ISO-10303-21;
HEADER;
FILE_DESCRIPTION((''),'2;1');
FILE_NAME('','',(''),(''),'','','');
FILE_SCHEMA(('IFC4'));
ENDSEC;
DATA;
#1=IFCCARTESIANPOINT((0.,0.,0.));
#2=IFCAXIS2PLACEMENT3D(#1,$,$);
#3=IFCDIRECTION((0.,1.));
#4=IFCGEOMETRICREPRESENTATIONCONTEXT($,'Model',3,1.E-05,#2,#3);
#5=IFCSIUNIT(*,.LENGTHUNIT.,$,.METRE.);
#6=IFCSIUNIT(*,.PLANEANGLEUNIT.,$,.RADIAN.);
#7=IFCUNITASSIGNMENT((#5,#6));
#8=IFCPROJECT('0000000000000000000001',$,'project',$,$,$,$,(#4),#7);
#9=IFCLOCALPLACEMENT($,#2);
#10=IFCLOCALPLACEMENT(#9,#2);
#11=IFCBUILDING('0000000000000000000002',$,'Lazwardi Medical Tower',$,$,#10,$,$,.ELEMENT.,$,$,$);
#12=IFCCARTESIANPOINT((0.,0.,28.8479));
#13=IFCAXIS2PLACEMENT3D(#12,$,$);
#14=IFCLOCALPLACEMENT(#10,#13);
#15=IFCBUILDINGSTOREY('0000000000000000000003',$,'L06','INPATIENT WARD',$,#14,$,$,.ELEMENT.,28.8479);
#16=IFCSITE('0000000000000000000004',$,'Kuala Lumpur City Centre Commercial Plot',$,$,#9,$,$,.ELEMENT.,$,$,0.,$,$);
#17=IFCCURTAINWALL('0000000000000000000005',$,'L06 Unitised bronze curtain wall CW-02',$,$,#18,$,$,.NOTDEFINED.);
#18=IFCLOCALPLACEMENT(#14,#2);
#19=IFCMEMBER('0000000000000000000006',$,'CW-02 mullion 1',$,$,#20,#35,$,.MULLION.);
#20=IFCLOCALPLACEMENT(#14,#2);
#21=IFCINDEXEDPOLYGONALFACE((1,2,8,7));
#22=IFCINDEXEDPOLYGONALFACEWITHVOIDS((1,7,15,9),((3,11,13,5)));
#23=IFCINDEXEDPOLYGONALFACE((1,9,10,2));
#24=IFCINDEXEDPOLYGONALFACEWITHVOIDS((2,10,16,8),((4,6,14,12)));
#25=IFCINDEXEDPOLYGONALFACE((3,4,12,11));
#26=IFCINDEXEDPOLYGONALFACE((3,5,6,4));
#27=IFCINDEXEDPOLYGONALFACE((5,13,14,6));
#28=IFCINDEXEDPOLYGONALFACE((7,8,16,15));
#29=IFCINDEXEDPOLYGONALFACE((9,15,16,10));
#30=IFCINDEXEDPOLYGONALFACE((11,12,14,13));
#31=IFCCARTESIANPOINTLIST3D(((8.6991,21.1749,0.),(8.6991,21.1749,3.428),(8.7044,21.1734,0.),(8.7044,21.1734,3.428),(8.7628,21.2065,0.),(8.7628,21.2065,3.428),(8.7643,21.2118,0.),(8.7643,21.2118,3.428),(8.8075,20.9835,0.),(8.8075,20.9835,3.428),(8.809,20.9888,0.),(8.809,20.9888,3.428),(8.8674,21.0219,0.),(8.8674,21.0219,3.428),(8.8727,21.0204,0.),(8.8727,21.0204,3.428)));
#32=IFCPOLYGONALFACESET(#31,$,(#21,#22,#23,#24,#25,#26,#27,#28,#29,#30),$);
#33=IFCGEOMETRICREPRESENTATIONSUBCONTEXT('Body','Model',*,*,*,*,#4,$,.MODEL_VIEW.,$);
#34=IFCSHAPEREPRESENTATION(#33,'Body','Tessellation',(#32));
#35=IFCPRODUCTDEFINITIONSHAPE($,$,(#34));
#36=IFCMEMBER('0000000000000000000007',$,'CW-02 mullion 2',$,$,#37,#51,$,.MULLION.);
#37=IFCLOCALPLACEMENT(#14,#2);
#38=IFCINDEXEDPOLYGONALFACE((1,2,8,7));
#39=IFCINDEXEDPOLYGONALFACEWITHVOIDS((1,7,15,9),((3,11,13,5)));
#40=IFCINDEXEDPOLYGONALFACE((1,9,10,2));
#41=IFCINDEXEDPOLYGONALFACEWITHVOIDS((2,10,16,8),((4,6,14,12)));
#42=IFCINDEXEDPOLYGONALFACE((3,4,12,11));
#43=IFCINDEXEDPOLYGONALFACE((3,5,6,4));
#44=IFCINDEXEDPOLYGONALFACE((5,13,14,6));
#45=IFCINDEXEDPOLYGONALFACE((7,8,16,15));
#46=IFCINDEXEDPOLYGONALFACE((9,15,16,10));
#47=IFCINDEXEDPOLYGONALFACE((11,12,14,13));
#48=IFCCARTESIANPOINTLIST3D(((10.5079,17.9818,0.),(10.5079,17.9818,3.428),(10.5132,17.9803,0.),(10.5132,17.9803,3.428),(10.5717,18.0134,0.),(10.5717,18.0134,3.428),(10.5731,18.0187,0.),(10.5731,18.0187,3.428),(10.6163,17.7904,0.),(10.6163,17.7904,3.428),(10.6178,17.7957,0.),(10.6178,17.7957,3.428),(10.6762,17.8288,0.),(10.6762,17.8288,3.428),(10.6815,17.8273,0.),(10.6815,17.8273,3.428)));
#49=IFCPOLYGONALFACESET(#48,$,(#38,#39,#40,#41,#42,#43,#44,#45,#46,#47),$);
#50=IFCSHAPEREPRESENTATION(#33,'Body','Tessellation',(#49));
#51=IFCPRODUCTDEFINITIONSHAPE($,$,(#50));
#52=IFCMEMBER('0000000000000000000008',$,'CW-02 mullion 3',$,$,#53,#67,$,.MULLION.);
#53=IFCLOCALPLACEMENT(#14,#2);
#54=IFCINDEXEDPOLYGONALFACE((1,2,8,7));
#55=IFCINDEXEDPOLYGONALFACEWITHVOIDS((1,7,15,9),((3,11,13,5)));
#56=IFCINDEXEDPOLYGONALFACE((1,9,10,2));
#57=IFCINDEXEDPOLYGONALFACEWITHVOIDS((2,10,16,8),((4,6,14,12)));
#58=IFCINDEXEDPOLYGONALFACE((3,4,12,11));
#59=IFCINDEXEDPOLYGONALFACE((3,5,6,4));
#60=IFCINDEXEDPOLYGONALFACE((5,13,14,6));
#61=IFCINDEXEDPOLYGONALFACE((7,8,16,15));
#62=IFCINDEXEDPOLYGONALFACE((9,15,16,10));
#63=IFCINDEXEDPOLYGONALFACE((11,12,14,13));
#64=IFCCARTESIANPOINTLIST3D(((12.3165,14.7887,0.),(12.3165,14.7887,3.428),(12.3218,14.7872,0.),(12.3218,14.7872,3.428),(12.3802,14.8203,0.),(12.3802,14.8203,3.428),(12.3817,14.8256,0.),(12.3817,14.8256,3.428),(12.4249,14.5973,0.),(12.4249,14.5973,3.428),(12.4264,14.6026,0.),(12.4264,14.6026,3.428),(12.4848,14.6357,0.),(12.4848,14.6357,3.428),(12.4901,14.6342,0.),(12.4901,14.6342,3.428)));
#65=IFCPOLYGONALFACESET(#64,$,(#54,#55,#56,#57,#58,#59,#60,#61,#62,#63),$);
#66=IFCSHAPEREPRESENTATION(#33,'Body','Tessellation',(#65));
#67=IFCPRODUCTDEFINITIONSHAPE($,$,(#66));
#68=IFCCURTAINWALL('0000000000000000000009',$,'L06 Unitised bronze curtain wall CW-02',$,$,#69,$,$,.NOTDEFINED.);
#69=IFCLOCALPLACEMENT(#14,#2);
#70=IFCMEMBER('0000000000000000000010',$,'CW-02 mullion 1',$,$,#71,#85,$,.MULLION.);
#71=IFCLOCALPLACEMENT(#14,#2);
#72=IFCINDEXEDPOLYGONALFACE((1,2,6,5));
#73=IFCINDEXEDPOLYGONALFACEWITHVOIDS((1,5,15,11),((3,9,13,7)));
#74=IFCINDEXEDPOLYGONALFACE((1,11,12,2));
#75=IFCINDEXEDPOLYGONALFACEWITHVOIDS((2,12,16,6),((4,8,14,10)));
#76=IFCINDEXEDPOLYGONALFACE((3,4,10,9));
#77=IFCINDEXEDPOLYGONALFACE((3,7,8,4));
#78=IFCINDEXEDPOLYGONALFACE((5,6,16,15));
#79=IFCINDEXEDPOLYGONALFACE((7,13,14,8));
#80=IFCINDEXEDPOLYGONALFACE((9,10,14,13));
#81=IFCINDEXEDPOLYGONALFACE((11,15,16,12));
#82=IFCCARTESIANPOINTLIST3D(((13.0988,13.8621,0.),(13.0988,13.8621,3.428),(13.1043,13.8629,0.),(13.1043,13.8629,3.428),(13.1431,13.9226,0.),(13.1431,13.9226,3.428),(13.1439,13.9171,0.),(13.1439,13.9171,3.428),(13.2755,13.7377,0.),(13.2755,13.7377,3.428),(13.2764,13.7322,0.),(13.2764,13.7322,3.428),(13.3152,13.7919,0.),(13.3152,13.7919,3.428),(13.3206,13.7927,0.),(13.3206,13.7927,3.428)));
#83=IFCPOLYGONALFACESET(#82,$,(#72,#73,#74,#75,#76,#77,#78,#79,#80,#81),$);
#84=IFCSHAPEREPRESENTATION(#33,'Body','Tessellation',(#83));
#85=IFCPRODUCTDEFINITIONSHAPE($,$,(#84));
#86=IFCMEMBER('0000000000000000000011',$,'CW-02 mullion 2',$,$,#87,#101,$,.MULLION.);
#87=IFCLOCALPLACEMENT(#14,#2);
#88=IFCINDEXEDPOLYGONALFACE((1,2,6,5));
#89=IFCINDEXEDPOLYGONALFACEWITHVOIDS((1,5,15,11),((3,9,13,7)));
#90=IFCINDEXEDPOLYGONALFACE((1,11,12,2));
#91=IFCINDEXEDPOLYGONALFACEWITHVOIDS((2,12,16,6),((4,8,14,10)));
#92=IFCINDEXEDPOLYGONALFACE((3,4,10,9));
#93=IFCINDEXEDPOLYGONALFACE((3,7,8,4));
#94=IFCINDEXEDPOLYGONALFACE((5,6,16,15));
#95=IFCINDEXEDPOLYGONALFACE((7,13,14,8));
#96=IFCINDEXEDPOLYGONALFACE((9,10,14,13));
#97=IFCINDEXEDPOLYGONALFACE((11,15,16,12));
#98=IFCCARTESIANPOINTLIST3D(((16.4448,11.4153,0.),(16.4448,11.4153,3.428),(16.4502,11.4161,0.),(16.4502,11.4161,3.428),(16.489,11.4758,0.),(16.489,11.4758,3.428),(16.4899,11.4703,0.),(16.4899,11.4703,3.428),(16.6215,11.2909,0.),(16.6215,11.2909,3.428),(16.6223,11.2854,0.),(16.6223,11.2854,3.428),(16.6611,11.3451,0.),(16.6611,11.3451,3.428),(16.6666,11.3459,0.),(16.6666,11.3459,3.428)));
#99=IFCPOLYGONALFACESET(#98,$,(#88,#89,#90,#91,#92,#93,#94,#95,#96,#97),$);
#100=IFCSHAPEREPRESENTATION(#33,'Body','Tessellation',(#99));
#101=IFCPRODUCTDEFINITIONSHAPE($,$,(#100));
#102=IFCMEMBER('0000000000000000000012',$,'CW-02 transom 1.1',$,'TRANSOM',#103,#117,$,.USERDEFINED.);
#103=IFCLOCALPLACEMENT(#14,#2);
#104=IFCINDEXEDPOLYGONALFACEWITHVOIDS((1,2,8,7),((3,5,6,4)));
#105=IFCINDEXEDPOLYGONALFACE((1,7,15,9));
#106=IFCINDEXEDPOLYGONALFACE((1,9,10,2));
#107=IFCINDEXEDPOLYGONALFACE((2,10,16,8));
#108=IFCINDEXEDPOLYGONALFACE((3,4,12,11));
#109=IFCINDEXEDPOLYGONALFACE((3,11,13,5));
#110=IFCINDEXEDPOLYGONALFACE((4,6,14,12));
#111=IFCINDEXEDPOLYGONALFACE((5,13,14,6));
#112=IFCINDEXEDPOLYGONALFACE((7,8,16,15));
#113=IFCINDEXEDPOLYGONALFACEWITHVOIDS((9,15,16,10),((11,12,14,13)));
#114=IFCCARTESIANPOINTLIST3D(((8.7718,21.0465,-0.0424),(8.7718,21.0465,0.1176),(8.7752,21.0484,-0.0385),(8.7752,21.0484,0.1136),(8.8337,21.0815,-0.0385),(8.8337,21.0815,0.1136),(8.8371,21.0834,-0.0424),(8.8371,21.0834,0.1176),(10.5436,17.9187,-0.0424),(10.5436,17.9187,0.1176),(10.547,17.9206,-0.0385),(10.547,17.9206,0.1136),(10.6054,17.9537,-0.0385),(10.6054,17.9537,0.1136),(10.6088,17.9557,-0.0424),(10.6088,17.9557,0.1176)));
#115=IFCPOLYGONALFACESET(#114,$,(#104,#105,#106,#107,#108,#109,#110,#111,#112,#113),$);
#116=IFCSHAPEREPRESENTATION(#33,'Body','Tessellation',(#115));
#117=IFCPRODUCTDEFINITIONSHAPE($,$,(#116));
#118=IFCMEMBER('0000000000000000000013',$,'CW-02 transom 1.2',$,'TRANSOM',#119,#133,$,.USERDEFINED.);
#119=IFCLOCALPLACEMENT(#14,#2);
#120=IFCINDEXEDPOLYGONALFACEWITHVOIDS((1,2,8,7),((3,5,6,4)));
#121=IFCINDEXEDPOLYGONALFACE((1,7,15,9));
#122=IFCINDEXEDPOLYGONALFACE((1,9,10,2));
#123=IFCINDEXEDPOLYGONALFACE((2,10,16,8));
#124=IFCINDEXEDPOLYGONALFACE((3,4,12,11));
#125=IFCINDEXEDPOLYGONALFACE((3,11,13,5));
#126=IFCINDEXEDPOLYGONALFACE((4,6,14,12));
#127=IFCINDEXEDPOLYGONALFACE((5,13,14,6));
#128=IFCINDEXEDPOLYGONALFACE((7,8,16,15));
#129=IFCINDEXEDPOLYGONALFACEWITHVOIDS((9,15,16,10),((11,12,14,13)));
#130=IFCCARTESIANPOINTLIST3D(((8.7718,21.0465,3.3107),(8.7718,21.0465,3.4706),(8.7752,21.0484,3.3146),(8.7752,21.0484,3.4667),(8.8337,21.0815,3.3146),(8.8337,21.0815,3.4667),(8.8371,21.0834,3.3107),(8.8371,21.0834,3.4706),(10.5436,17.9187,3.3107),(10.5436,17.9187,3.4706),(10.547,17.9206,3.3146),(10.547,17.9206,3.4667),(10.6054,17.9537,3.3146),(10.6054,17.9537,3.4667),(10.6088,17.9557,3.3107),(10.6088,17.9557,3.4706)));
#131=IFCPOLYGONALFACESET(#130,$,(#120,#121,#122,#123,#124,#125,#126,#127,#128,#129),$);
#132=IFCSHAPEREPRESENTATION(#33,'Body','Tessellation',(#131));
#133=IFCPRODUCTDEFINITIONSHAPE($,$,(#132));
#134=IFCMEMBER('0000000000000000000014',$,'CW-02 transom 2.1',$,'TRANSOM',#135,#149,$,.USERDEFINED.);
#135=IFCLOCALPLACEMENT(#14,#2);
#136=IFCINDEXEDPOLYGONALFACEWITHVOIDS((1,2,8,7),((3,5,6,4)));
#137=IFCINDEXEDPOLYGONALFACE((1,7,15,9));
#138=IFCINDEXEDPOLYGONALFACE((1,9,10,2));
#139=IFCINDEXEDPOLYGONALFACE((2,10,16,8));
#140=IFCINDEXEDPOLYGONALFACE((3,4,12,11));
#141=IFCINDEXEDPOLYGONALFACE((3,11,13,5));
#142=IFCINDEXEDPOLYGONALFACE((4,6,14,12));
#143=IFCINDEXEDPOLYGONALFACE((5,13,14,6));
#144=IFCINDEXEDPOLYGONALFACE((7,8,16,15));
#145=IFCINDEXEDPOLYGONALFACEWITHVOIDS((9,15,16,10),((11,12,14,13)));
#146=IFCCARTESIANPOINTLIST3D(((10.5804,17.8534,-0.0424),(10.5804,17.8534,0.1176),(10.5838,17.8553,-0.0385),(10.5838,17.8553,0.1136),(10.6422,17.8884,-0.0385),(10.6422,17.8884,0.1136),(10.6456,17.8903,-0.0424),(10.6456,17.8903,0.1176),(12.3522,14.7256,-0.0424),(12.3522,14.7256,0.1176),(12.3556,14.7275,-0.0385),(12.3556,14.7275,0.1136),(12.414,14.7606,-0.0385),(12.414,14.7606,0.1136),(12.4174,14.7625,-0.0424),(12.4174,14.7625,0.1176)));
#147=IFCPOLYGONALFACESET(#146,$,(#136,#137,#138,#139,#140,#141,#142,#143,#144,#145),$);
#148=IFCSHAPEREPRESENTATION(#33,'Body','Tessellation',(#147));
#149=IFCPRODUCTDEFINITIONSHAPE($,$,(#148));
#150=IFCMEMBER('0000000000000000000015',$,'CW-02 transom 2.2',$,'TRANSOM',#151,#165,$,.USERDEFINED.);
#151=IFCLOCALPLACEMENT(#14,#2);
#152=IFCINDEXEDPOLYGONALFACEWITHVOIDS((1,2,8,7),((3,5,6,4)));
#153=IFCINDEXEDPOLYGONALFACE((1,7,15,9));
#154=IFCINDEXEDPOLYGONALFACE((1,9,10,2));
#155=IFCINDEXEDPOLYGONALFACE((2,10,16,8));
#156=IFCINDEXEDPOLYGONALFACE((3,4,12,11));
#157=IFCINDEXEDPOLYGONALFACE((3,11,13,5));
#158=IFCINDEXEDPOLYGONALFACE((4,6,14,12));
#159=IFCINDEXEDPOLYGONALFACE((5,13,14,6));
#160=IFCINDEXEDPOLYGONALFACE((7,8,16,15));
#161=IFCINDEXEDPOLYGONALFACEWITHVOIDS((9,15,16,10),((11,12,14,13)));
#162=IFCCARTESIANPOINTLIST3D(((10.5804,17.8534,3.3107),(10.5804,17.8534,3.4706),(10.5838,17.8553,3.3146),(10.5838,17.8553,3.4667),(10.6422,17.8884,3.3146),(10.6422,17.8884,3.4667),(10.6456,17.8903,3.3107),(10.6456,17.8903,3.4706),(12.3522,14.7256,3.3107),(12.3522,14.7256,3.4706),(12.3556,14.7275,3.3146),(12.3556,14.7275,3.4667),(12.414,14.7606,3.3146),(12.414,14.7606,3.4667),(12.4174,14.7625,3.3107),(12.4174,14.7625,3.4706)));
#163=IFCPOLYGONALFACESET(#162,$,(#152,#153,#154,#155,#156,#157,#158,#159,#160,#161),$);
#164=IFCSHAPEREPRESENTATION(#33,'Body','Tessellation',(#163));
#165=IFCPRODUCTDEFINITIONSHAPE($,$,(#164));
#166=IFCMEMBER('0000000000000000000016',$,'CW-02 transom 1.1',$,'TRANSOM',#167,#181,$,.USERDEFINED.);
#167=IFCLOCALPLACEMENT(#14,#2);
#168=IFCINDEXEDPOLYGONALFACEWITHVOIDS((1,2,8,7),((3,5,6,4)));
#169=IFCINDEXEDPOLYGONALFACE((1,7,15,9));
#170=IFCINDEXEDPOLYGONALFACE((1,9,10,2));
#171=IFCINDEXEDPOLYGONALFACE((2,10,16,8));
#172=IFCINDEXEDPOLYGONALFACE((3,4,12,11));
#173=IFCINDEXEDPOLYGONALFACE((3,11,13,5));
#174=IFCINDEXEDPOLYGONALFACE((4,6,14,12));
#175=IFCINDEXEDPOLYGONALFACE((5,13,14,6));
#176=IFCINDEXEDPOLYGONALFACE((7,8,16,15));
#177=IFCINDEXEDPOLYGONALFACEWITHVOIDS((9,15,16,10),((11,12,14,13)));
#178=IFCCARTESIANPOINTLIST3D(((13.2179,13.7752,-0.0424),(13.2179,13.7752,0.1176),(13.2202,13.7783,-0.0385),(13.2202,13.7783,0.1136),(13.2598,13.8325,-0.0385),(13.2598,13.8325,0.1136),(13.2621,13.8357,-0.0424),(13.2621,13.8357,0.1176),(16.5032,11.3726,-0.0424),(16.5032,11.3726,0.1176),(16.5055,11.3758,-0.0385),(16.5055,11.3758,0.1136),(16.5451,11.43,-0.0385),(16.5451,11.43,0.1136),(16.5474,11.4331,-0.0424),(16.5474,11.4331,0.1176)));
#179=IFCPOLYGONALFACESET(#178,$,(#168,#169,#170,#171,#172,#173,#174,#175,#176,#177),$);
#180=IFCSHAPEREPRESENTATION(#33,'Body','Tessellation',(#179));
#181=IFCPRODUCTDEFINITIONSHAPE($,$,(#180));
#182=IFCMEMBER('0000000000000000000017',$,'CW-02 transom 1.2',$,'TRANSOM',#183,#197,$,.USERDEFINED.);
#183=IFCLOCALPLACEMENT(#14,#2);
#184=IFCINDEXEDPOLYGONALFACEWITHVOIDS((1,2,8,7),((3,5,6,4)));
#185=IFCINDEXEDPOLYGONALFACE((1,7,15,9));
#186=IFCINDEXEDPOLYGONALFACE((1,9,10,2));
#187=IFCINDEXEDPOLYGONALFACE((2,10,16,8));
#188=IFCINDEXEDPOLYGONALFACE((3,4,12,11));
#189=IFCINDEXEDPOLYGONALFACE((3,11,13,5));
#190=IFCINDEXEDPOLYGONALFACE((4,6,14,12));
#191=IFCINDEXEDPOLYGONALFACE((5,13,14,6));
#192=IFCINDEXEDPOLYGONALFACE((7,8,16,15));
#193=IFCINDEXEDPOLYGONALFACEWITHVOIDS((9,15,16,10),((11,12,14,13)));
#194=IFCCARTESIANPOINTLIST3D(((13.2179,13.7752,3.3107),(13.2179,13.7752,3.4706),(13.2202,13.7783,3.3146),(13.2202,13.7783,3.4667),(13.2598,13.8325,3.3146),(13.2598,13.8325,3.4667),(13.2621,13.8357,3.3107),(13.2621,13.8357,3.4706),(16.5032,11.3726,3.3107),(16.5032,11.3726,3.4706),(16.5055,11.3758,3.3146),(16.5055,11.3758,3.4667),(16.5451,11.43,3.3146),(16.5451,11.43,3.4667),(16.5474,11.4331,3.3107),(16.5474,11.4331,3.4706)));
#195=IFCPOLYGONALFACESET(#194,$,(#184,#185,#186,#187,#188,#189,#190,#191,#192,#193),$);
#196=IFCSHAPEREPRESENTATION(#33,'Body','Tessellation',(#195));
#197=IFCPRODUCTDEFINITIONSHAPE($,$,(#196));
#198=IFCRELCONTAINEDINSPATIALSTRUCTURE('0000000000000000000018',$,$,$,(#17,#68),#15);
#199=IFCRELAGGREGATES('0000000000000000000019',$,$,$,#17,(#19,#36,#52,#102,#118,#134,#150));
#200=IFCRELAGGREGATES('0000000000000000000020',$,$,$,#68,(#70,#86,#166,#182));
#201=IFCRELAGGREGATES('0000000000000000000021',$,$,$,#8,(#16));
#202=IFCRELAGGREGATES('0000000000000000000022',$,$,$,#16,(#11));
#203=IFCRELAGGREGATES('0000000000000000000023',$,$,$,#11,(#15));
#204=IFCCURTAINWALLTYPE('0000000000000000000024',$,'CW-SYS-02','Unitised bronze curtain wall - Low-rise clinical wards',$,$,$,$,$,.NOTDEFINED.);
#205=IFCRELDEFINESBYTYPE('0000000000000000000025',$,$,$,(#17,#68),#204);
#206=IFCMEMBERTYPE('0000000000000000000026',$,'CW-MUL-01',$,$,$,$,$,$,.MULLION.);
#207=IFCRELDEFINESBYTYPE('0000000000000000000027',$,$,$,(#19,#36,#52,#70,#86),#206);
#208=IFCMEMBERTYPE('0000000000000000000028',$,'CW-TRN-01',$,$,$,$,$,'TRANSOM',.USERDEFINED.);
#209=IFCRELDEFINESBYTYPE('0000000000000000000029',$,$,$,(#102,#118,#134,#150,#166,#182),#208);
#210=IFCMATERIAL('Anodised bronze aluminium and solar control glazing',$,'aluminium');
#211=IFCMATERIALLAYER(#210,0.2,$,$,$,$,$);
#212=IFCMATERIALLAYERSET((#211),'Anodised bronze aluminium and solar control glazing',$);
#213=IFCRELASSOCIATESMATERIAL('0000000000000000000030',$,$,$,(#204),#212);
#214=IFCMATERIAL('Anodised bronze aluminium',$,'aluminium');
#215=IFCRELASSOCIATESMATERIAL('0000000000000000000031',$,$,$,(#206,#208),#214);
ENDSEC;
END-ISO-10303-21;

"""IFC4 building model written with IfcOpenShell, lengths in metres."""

from ifc_helpers import new_model, si_unit, direction, frame, origin, origin_2d, place, context, subcontext, project, spatial, hollow_rectangle, extrude, material, layer, layer_set, material_profile, profile_set, type_object, element, aggregate, save


model = new_model("IFC4")

# Units and contexts
model_context = context("Model", 3, precision=1e-05, world=origin(), true_north=direction((0.0, 1.0)))
body_context = subcontext(model_context, "Body", "Model", "MODEL_VIEW")
ifc_project = project(units=[si_unit("LENGTHUNIT", "METRE"), si_unit("PLANEANGLEUNIT", "RADIAN")], contexts=[model_context])

# Site, building, storey
site_placement = place(None, origin())
site = spatial("IfcSite", under=ifc_project, at=site_placement, Name="Kuala Lumpur City Centre Commercial Plot", CompositionType="ELEMENT", RefElevation=0.0)
building_placement = place(site_placement, origin())
building = spatial("IfcBuilding", under=site, at=building_placement, Name="Lazwardi Medical Tower", CompositionType="ELEMENT")
storey_placement = place(building_placement, frame((0.0, 0.0, 28.8479)))
storey = spatial("IfcBuildingStorey", under=building, at=storey_placement, Name="L06", Description="INPATIENT WARD", CompositionType="ELEMENT", Elevation=28.8479)

# Curtain walls, members
ifc_material_1 = material(Name="Anodised bronze aluminium and solar control glazing", Category="aluminium")
ifc_layer_1 = layer(ifc_material_1, 0.2)
ifc_layer_set_1 = layer_set([ifc_layer_1], Name="Anodised bronze aluminium and solar control glazing")
curtain_wall_type = type_object("IfcCurtainWallType", Name="CW-SYS-02", Description="Unitised bronze curtain wall - Low-rise clinical wards", PredefinedType="NOTDEFINED", material=ifc_layer_set_1)
curtain_wall_1_placement = place(storey_placement, origin())
curtain_wall_1 = element("IfcCurtainWall", 1, at=curtain_wall_1_placement, inside=storey, type_object=curtain_wall_type, Name="L06 Unitised bronze curtain wall CW-02", PredefinedType="NOTDEFINED")
ifc_material_2 = material(Name="Anodised bronze aluminium", Category="aluminium")
ifc_material_profile_1 = material_profile(ifc_material_2, hollow_rectangle(XDim=0.075, YDim=0.22, WallThickness=0.0039, at=origin_2d()), Name="ALU-MULLION 220x75x4")
ifc_profile_set_1 = profile_set([ifc_material_profile_1], Name="Anodised bronze aluminium")
member_type_1 = type_object("IfcMemberType", Name="CW-MUL-01", PredefinedType="MULLION", material=ifc_profile_set_1)
member_1_placement = place(storey_placement, frame((8.7859, 21.0977, 0.0), z_axis=(0.0, 0.0, 1.0), x_axis=(0.870112, 0.492854, 0.0)))
member_1 = element("IfcMember", 2, at=member_1_placement, type_object=member_type_1, Name="CW-02 mullion 1", PredefinedType="MULLION", context=body_context, shape_type="SweptSolid", body=[
    extrude(hollow_rectangle(XDim=0.075, YDim=0.22, WallThickness=0.0039, at=origin_2d()), origin(), (0.0, 0.0, 1.0), 3.428),
])
member_2_placement = place(storey_placement, frame((10.5947, 17.9045, 0.0), z_axis=(0.0, 0.0, 1.0), x_axis=(0.870112, 0.492854, 0.0)))
member_2 = element("IfcMember", 3, at=member_2_placement, type_object=member_type_1, Name="CW-02 mullion 2", PredefinedType="MULLION", context=body_context, shape_type="SweptSolid", body=[
    extrude(hollow_rectangle(XDim=0.075, YDim=0.22, WallThickness=0.0039, at=origin_2d()), origin(), (0.0, 0.0, 1.0), 3.428),
])
member_3_placement = place(storey_placement, frame((12.4033, 14.7114, 0.0), z_axis=(0.0, 0.0, 1.0), x_axis=(0.870112, 0.492854, 0.0)))
member_3 = element("IfcMember", 4, at=member_3_placement, type_object=member_type_1, Name="CW-02 mullion 3", PredefinedType="MULLION", context=body_context, shape_type="SweptSolid", body=[
    extrude(hollow_rectangle(XDim=0.075, YDim=0.22, WallThickness=0.0039, at=origin_2d()), origin(), (0.0, 0.0, 1.0), 3.428),
])
curtain_wall_2_placement = place(storey_placement, origin())
curtain_wall_2 = element("IfcCurtainWall", 5, at=curtain_wall_2_placement, inside=storey, type_object=curtain_wall_type, Name="L06 Unitised bronze curtain wall CW-02", PredefinedType="NOTDEFINED")
member_4_placement = place(storey_placement, frame((13.2097, 13.8274, 0.0), z_axis=(0.0, 0.0, 1.0), x_axis=(0.590289, 0.807192, 0.0)))
member_4 = element("IfcMember", 6, at=member_4_placement, type_object=member_type_1, Name="CW-02 mullion 1", PredefinedType="MULLION", context=body_context, shape_type="SweptSolid", body=[
    extrude(hollow_rectangle(XDim=0.075, YDim=0.22, WallThickness=0.0039, at=origin_2d()), origin(), (0.0, 0.0, 1.0), 3.428),
])
member_5_placement = place(storey_placement, frame((16.5557, 11.3806, 0.0), z_axis=(0.0, 0.0, 1.0), x_axis=(0.590289, 0.807192, 0.0)))
member_5 = element("IfcMember", 7, at=member_5_placement, type_object=member_type_1, Name="CW-02 mullion 2", PredefinedType="MULLION", context=body_context, shape_type="SweptSolid", body=[
    extrude(hollow_rectangle(XDim=0.075, YDim=0.22, WallThickness=0.0039, at=origin_2d()), origin(), (0.0, 0.0, 1.0), 3.428),
])

# Members
ifc_material_profile_2 = material_profile(ifc_material_2, hollow_rectangle(XDim=0.075, YDim=0.1599, WallThickness=0.0039, at=origin_2d()), Name="ALU-TRANSOM 160x75x4")
ifc_profile_set_2 = profile_set([ifc_material_profile_2], Name="Anodised bronze aluminium")
member_type_2 = type_object("IfcMemberType", Name="CW-TRN-01", ElementType="TRANSOM", PredefinedType="USERDEFINED", material=ifc_profile_set_2)
member_6_placement = place(storey_placement, frame((8.8044, 21.0649, 0.0376), z_axis=(0.492881, -0.870097, 0.0), x_axis=(0.870097, 0.492881, 0.0)))
member_6 = element("IfcMember", 8, at=member_6_placement, type_object=member_type_2, Name="CW-02 transom 1.1", ObjectType="TRANSOM", PredefinedType="USERDEFINED", context=body_context, shape_type="SweptSolid", body=[
    extrude(hollow_rectangle(XDim=0.075, YDim=0.1599, WallThickness=0.0039, at=origin_2d()), origin(), (0.0, 0.0, 1.0), 3.5947),
])
member_7_placement = place(storey_placement, frame((8.8044, 21.0649, 3.3906), z_axis=(0.492881, -0.870097, 0.0), x_axis=(0.870097, 0.492881, 0.0)))
member_7 = element("IfcMember", 9, at=member_7_placement, type_object=member_type_2, Name="CW-02 transom 1.2", ObjectType="TRANSOM", PredefinedType="USERDEFINED", context=body_context, shape_type="SweptSolid", body=[
    extrude(hollow_rectangle(XDim=0.075, YDim=0.1599, WallThickness=0.0039, at=origin_2d()), origin(), (0.0, 0.0, 1.0), 3.5947),
])
member_8_placement = place(storey_placement, frame((10.613, 17.8718, 0.0376), z_axis=(0.492881, -0.870097, 0.0), x_axis=(0.870097, 0.492881, 0.0)))
member_8 = element("IfcMember", 10, at=member_8_placement, type_object=member_type_2, Name="CW-02 transom 2.1", ObjectType="TRANSOM", PredefinedType="USERDEFINED", context=body_context, shape_type="SweptSolid", body=[
    extrude(hollow_rectangle(XDim=0.075, YDim=0.1599, WallThickness=0.0039, at=origin_2d()), origin(), (0.0, 0.0, 1.0), 3.5947),
])
member_9_placement = place(storey_placement, frame((10.613, 17.8718, 3.3906), z_axis=(0.492881, -0.870097, 0.0), x_axis=(0.870097, 0.492881, 0.0)))
member_9 = element("IfcMember", 11, at=member_9_placement, type_object=member_type_2, Name="CW-02 transom 2.2", ObjectType="TRANSOM", PredefinedType="USERDEFINED", context=body_context, shape_type="SweptSolid", body=[
    extrude(hollow_rectangle(XDim=0.075, YDim=0.1599, WallThickness=0.0039, at=origin_2d()), origin(), (0.0, 0.0, 1.0), 3.5947),
])
member_10_placement = place(storey_placement, frame((13.24, 13.8054, 0.0376), z_axis=(0.80719, -0.590292, 0.0), x_axis=(0.590292, 0.80719, 0.0)))
member_10 = element("IfcMember", 12, at=member_10_placement, type_object=member_type_2, Name="CW-02 transom 1.1", ObjectType="TRANSOM", PredefinedType="USERDEFINED", context=body_context, shape_type="SweptSolid", body=[
    extrude(hollow_rectangle(XDim=0.075, YDim=0.1599, WallThickness=0.0039, at=origin_2d()), origin(), (0.0, 0.0, 1.0), 4.0701),
])
member_11_placement = place(storey_placement, frame((13.24, 13.8054, 3.3906), z_axis=(0.80719, -0.590292, 0.0), x_axis=(0.590292, 0.80719, 0.0)))
member_11 = element("IfcMember", 13, at=member_11_placement, type_object=member_type_2, Name="CW-02 transom 1.2", ObjectType="TRANSOM", PredefinedType="USERDEFINED", context=body_context, shape_type="SweptSolid", body=[
    extrude(hollow_rectangle(XDim=0.075, YDim=0.1599, WallThickness=0.0039, at=origin_2d()), origin(), (0.0, 0.0, 1.0), 4.0701),
])

aggregate(curtain_wall_1, [member_1, member_2, member_3, member_6, member_7, member_8, member_9])
aggregate(curtain_wall_2, [member_4, member_5, member_10, member_11])

save(model, "model.ifc")
